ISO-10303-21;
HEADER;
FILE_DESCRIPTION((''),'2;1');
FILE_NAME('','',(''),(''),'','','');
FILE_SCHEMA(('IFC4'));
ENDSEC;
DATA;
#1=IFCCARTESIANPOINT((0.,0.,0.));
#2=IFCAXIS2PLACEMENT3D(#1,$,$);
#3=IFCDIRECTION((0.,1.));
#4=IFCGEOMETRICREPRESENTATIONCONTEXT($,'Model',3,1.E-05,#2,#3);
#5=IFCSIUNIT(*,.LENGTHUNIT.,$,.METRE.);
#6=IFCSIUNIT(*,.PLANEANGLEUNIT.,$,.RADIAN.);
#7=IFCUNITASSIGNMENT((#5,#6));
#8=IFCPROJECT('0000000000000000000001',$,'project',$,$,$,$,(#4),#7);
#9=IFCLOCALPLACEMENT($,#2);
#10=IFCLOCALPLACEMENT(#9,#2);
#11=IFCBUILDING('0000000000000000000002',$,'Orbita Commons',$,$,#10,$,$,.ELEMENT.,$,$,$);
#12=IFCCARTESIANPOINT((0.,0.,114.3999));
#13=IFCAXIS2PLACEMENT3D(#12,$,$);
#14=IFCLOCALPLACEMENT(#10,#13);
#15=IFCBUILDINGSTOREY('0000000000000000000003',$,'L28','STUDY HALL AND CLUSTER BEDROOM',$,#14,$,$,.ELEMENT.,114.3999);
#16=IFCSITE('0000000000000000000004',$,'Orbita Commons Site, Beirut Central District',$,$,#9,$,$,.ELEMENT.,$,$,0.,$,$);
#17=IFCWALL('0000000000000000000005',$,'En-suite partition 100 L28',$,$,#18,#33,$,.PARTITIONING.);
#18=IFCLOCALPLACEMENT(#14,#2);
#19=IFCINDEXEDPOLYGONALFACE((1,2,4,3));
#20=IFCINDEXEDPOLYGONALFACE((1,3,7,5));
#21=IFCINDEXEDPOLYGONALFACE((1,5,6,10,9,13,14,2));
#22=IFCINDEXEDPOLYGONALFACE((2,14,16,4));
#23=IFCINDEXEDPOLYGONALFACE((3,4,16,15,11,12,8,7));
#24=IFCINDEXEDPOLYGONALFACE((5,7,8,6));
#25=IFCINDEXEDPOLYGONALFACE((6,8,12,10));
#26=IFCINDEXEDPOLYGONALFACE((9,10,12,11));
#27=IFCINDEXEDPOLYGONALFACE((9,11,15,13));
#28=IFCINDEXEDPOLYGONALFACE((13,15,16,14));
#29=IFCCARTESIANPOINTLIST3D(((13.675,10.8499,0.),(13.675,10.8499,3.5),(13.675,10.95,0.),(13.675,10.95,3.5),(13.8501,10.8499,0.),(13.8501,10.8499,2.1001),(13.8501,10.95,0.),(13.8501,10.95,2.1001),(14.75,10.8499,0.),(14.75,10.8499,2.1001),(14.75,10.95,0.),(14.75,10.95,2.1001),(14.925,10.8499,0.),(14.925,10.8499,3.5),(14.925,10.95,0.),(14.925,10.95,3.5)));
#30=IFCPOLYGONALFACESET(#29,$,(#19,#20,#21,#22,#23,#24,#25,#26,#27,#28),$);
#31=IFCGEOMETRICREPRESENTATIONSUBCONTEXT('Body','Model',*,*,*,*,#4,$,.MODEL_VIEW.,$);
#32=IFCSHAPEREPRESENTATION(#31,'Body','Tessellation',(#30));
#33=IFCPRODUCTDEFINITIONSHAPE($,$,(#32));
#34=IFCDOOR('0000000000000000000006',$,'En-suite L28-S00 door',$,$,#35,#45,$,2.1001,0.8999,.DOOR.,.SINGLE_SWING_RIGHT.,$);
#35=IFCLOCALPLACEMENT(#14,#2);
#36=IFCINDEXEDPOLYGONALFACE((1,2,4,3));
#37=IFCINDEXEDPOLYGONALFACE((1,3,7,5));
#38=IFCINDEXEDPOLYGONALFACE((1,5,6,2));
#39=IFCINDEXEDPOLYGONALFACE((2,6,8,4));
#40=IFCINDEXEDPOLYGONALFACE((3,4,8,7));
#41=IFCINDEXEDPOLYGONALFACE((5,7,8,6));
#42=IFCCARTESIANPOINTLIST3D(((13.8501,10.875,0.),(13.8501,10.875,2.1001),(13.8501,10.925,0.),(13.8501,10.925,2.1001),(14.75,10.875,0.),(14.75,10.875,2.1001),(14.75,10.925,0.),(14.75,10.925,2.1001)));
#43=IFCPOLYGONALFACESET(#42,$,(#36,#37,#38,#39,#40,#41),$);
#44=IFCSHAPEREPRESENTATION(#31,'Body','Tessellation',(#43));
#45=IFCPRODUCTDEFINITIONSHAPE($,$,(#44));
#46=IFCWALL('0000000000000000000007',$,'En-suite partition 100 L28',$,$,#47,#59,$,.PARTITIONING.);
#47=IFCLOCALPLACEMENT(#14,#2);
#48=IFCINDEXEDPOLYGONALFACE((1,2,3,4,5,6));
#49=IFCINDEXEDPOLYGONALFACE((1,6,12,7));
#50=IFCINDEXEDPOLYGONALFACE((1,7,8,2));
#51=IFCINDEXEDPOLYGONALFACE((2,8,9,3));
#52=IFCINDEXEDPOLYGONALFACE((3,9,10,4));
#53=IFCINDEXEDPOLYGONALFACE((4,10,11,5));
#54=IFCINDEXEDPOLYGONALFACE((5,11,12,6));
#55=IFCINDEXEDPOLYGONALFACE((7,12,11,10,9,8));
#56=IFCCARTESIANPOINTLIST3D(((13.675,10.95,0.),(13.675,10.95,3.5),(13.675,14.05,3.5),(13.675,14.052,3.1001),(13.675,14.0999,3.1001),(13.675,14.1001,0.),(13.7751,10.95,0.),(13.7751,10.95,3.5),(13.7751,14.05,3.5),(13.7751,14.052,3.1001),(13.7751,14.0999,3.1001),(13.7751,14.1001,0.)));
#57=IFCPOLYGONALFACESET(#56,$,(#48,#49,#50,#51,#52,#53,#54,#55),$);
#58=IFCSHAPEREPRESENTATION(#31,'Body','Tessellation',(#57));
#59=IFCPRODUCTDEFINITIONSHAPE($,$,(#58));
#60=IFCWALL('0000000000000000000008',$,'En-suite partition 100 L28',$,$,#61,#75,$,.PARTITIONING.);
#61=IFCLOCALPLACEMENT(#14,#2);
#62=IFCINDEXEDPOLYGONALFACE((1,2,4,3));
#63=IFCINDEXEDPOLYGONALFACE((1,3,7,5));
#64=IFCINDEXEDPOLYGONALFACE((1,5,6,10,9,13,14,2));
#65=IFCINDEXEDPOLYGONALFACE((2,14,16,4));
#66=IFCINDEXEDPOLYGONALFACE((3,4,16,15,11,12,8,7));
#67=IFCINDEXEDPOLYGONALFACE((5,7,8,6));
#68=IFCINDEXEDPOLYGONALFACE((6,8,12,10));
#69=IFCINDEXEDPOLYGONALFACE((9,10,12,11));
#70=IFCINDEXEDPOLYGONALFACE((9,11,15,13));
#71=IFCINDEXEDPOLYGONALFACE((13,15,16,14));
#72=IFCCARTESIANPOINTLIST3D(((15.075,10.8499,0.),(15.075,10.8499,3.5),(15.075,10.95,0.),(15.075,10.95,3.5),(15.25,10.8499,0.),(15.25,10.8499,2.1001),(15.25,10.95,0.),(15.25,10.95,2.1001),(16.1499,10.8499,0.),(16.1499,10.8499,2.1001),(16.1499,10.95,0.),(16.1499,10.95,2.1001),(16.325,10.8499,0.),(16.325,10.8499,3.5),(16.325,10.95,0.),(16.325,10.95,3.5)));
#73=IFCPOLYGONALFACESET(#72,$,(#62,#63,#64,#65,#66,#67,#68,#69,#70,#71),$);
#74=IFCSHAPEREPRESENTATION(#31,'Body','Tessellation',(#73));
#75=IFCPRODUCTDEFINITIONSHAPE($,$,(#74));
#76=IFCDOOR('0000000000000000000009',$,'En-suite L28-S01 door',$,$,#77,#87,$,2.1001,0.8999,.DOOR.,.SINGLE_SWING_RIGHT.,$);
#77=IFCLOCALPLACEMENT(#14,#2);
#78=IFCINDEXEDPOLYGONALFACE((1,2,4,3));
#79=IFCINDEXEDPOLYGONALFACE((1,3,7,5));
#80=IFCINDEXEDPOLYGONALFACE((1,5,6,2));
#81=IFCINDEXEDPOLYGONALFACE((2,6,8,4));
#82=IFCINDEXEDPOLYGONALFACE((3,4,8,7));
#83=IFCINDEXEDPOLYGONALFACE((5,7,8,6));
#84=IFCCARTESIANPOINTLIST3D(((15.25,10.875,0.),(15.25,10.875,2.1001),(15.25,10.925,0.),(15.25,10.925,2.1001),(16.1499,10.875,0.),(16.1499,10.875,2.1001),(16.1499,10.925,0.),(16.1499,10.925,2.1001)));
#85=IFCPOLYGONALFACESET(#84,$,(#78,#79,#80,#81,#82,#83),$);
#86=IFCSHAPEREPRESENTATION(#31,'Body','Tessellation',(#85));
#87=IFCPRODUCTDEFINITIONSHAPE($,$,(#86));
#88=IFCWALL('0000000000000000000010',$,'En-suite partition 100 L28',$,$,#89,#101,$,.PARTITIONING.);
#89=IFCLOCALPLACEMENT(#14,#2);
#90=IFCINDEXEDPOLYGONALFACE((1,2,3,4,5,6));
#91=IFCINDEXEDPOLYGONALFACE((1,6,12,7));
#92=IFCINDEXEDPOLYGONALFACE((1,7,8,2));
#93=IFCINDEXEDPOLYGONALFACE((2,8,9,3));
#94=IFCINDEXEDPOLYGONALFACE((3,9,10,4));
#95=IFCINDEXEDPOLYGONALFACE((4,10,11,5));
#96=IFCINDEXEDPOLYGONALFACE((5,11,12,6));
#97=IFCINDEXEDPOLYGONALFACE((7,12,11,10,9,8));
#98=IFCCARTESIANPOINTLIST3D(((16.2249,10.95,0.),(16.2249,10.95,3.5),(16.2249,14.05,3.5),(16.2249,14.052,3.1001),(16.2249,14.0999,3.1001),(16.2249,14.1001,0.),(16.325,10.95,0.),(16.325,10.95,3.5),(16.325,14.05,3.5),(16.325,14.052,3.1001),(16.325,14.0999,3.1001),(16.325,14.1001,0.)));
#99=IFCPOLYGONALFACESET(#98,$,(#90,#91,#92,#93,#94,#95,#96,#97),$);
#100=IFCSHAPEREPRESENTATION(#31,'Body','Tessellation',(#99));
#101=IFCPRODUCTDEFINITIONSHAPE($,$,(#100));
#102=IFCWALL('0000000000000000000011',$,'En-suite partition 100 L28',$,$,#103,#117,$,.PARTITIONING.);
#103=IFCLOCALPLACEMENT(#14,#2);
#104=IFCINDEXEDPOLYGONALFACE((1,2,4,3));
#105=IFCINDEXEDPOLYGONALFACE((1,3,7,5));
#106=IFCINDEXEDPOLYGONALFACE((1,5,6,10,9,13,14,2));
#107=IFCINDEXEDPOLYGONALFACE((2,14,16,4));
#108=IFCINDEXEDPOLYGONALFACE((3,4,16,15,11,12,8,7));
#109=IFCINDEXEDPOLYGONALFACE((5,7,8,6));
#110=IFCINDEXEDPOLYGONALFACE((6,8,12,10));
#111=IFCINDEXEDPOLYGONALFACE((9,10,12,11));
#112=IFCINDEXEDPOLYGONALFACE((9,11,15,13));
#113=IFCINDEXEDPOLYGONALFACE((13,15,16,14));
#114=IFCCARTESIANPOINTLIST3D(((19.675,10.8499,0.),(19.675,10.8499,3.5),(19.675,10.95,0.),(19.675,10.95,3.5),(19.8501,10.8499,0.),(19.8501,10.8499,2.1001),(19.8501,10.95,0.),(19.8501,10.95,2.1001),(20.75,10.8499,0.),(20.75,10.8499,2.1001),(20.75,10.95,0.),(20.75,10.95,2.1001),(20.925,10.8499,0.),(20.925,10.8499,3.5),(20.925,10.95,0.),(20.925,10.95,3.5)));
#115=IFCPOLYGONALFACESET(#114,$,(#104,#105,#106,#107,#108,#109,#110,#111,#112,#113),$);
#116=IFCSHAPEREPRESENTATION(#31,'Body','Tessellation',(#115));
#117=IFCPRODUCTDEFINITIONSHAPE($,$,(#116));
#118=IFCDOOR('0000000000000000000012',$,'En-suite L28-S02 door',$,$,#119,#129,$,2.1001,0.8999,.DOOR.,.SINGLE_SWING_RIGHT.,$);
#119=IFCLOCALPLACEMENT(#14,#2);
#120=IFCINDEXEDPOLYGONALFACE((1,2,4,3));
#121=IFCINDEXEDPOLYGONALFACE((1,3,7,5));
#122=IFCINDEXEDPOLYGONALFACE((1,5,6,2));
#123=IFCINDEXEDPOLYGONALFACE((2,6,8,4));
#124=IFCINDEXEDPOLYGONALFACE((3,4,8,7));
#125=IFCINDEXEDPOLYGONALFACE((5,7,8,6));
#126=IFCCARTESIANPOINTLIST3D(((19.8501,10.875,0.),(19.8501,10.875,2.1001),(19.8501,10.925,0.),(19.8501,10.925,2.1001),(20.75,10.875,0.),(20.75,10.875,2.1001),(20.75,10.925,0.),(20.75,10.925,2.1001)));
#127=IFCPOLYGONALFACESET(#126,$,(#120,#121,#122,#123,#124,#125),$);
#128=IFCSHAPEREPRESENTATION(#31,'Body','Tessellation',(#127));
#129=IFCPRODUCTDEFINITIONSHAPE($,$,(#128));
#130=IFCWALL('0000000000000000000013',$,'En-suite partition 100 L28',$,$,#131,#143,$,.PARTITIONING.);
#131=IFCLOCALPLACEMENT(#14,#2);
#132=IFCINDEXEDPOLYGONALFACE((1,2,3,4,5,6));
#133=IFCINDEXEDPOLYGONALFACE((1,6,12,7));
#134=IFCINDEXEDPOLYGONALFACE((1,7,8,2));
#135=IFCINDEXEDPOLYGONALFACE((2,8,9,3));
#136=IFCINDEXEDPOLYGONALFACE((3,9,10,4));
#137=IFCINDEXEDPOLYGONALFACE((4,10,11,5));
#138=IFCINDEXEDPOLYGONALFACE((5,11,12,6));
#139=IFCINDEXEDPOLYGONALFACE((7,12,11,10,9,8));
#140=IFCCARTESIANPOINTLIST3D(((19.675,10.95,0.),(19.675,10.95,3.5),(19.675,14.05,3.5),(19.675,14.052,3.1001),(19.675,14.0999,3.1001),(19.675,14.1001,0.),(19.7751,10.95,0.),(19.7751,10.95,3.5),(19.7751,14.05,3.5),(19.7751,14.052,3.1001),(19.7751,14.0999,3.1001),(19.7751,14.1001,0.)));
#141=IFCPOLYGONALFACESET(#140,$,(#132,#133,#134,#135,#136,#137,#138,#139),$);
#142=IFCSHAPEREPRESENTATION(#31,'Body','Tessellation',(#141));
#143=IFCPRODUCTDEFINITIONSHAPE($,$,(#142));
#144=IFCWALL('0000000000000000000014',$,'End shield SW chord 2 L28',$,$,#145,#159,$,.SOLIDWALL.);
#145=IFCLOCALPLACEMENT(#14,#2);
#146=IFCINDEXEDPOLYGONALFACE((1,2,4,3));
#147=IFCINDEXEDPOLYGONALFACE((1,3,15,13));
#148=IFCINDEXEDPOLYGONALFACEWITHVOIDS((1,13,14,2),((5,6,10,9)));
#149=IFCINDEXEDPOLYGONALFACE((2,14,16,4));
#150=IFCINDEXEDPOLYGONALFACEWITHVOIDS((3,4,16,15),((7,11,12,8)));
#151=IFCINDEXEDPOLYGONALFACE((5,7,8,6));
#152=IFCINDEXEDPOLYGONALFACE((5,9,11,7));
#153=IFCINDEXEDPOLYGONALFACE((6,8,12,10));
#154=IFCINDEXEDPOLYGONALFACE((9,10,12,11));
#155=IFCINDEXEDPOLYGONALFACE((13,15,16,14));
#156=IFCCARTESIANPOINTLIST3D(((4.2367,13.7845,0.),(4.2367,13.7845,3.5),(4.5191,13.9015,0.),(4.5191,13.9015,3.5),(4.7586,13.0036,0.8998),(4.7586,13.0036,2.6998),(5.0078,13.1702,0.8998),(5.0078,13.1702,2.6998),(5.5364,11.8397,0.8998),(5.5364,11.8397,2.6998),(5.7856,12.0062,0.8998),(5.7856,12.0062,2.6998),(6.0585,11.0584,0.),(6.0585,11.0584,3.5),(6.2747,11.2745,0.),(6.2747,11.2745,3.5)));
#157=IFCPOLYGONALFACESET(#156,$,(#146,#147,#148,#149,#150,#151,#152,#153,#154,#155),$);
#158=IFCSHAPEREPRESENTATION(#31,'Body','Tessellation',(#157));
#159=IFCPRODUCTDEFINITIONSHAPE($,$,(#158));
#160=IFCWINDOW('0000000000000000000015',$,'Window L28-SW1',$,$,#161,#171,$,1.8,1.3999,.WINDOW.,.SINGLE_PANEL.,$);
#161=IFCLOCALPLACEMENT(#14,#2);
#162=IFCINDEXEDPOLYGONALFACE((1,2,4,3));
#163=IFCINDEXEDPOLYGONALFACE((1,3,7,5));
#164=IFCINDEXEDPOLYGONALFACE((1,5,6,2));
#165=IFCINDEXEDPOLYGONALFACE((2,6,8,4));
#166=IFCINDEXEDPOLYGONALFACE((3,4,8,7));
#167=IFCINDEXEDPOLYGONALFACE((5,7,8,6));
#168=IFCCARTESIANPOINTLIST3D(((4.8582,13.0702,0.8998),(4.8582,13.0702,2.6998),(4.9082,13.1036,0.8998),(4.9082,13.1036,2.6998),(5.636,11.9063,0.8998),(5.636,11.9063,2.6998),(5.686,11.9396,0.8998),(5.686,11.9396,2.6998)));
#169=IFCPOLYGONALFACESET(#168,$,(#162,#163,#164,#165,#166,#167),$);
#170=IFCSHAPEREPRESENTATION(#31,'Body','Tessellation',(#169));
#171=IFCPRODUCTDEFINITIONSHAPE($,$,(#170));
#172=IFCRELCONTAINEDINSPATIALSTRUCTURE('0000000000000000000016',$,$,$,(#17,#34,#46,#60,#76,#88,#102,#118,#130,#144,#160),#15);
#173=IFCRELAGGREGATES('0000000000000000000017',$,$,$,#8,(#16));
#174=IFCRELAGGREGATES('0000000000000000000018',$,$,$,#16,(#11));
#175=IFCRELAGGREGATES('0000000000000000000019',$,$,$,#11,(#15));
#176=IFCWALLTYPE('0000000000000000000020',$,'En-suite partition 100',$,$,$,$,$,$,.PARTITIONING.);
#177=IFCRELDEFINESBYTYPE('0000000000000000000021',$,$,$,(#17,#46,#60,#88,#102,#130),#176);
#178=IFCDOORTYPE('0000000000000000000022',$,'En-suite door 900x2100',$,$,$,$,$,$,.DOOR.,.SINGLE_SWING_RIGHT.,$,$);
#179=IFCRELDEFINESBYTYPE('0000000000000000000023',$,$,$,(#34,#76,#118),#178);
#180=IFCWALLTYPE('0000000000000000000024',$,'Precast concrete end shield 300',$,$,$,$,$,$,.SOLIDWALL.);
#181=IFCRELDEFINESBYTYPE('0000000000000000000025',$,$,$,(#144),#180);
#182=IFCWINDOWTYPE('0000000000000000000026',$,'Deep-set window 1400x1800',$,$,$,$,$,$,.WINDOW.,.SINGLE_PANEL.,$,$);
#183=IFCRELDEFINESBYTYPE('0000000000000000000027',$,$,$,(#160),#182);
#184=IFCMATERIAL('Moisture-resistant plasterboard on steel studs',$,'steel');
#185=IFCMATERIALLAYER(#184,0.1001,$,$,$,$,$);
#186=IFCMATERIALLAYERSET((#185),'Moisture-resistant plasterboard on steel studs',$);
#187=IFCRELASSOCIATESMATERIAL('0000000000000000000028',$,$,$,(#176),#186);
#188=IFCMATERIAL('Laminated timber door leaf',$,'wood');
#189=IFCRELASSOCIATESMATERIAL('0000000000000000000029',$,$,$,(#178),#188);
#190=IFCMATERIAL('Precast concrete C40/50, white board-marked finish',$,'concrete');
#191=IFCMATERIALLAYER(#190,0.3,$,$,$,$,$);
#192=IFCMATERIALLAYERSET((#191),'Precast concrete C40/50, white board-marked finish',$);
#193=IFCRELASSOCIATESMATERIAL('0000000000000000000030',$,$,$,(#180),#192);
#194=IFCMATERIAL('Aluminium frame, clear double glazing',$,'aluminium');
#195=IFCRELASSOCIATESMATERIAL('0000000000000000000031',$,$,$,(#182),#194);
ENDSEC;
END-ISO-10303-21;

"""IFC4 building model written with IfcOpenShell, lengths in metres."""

from ifc_helpers import new_model, si_unit, direction, frame, frame_2d, origin, place, context, subcontext, project, spatial, polyline, rectangle, outline, extrude, material, layer, layer_set, type_object, element, fill, save


model = new_model("IFC4")

# Units and contexts
model_context = context("Model", 3, precision=1e-05, world=origin(), true_north=direction((0.0, 1.0)))
body_context = subcontext(model_context, "Body", "Model", "MODEL_VIEW")
ifc_project = project(units=[si_unit("LENGTHUNIT", "METRE"), si_unit("PLANEANGLEUNIT", "RADIAN")], contexts=[model_context])

# Site, building, storey
site_placement = place(None, origin())
site = spatial("IfcSite", under=ifc_project, at=site_placement, Name="Orbita Commons Site, Beirut Central District", CompositionType="ELEMENT", RefElevation=0.0)
building_placement = place(site_placement, origin())
building = spatial("IfcBuilding", under=site, at=building_placement, Name="Orbita Commons", CompositionType="ELEMENT")
storey_placement = place(building_placement, frame((0.0, 0.0, 114.3999)))
storey = spatial("IfcBuildingStorey", under=building, at=storey_placement, Name="L28", Description="STUDY HALL AND CLUSTER BEDROOM", CompositionType="ELEMENT", Elevation=114.3999)

# Wall, opening, door
ifc_material_1 = material(Name="Moisture-resistant plasterboard on steel studs", Category="steel")
ifc_layer_1 = layer(ifc_material_1, 0.1001)
ifc_layer_set_1 = layer_set([ifc_layer_1], Name="Moisture-resistant plasterboard on steel studs")
wall_type_1 = type_object("IfcWallType", Name="En-suite partition 100", PredefinedType="PARTITIONING", material=ifc_layer_set_1)
wall_1_placement = place(storey_placement, frame((14.925, 10.8999, 0.0), z_axis=(0.0, 0.0, 1.0), x_axis=(-1.0, 0.0, 0.0)))
wall_1 = element("IfcWall", 1, at=wall_1_placement, inside=storey, type_object=wall_type_1, Name="En-suite partition 100 L28", PredefinedType="PARTITIONING", context=body_context, shape_type="SweptSolid", body=[
    extrude(rectangle(XDim=1.25, YDim=0.1001, at=frame_2d((0.625, 0.0))), origin(), (0.0, 0.0, 1.0), 3.5),
])
opening_1_placement = place(wall_1_placement, frame((0.175, 0.0, 0.0)))
opening_1 = element("IfcOpeningElement", 2, at=opening_1_placement, cuts=wall_1, PredefinedType="OPENING", context=body_context, shape_type="SweptSolid", body=[
    extrude(rectangle(XDim=0.8999, YDim=2.1001, at=frame_2d((0.45, 1.05))), frame((0.0, 0.0601, 0.0), z_axis=(0.0, -1.0, 0.0), x_axis=(1.0, 0.0, 0.0)), (0.0, 0.0, 1.0), 0.1201),
])
ifc_material_2 = material(Name="Laminated timber door leaf", Category="wood")
door_type_1 = type_object("IfcDoorType", Name="En-suite door 900x2100", OperationType="SINGLE_SWING_RIGHT", PredefinedType="DOOR", material=ifc_material_2)
door_1_placement = place(opening_1_placement, origin())
door_1 = element("IfcDoor", 3, at=door_1_placement, inside=storey, type_object=door_type_1, Name="En-suite L28-S00 door", OperationType="SINGLE_SWING_RIGHT", OverallHeight=2.1001, OverallWidth=0.8999, PredefinedType="DOOR", context=body_context, shape_type="SweptSolid", body=[
    extrude(rectangle(XDim=0.8999, YDim=2.1001, at=frame_2d((0.45, 1.05))), frame((0.0, 0.0249, 0.0), z_axis=(0.0, -1.0, 0.0), x_axis=(1.0, 0.0, 0.0)), (0.0, 0.0, 1.0), 0.05),
])
fill(opening_1, door_1)

# Wall
wall_2_placement = place(storey_placement, frame((13.7251, 10.95, 0.0), z_axis=(0.0, 0.0, 1.0), x_axis=(0.0, 1.0, 0.0)))
element("IfcWall", 4, at=wall_2_placement, inside=storey, type_object=wall_type_1, Name="En-suite partition 100 L28", PredefinedType="PARTITIONING", context=body_context, shape_type="SweptSolid", body=[
    extrude(outline(polyline([(0.0, 0.0), (3.1501, 0.0), (3.1499, 3.1001), (3.1021, 3.1001), (3.1001, 3.5), (0.0, 3.5), (0.0, 0.0)])), frame((0.0, 0.05, 0.0), z_axis=(0.0, -1.0, 0.0), x_axis=(1.0, 0.0, 0.0)), (0.0, 0.0, 1.0), 0.1001),
])

# Wall, opening, door
wall_3_placement = place(storey_placement, frame((16.325, 10.8999, 0.0), z_axis=(0.0, 0.0, 1.0), x_axis=(-1.0, 0.0, 0.0)))
wall_3 = element("IfcWall", 5, at=wall_3_placement, inside=storey, type_object=wall_type_1, Name="En-suite partition 100 L28", PredefinedType="PARTITIONING", context=body_context, shape_type="SweptSolid", body=[
    extrude(rectangle(XDim=1.25, YDim=0.1001, at=frame_2d((0.625, 0.0))), origin(), (0.0, 0.0, 1.0), 3.5),
])
opening_2_placement = place(wall_3_placement, frame((0.175, 0.0, 0.0)))
opening_2 = element("IfcOpeningElement", 6, at=opening_2_placement, cuts=wall_3, PredefinedType="OPENING", context=body_context, shape_type="SweptSolid", body=[
    extrude(rectangle(XDim=0.8999, YDim=2.1001, at=frame_2d((0.45, 1.05))), frame((0.0, 0.0601, 0.0), z_axis=(0.0, -1.0, 0.0), x_axis=(1.0, 0.0, 0.0)), (0.0, 0.0, 1.0), 0.1201),
])
door_2_placement = place(opening_2_placement, origin())
door_2 = element("IfcDoor", 7, at=door_2_placement, inside=storey, type_object=door_type_1, Name="En-suite L28-S01 door", OperationType="SINGLE_SWING_RIGHT", OverallHeight=2.1001, OverallWidth=0.8999, PredefinedType="DOOR", context=body_context, shape_type="SweptSolid", body=[
    extrude(rectangle(XDim=0.8999, YDim=2.1001, at=frame_2d((0.45, 1.05))), frame((0.0, 0.0249, 0.0), z_axis=(0.0, -1.0, 0.0), x_axis=(1.0, 0.0, 0.0)), (0.0, 0.0, 1.0), 0.05),
])
fill(opening_2, door_2)

# Wall
wall_4_placement = place(storey_placement, frame((16.2749, 10.95, 0.0), z_axis=(0.0, 0.0, 1.0), x_axis=(0.0, 1.0, 0.0)))
element("IfcWall", 8, at=wall_4_placement, inside=storey, type_object=wall_type_1, Name="En-suite partition 100 L28", PredefinedType="PARTITIONING", context=body_context, shape_type="SweptSolid", body=[
    extrude(outline(polyline([(0.0, 0.0), (3.1501, 0.0), (3.1499, 3.1001), (3.1021, 3.1001), (3.1001, 3.5), (0.0, 3.5), (0.0, 0.0)])), frame((0.0, 0.05, 0.0), z_axis=(0.0, -1.0, 0.0), x_axis=(1.0, 0.0, 0.0)), (0.0, 0.0, 1.0), 0.1001),
])

# Wall, opening, door
wall_5_placement = place(storey_placement, frame((20.925, 10.8999, 0.0), z_axis=(0.0, 0.0, 1.0), x_axis=(-1.0, 0.0, 0.0)))
wall_5 = element("IfcWall", 9, at=wall_5_placement, inside=storey, type_object=wall_type_1, Name="En-suite partition 100 L28", PredefinedType="PARTITIONING", context=body_context, shape_type="SweptSolid", body=[
    extrude(rectangle(XDim=1.25, YDim=0.1001, at=frame_2d((0.625, 0.0))), origin(), (0.0, 0.0, 1.0), 3.5),
])
opening_3_placement = place(wall_5_placement, frame((0.175, 0.0, 0.0)))
opening_3 = element("IfcOpeningElement", 10, at=opening_3_placement, cuts=wall_5, PredefinedType="OPENING", context=body_context, shape_type="SweptSolid", body=[
    extrude(rectangle(XDim=0.8999, YDim=2.1001, at=frame_2d((0.45, 1.05))), frame((0.0, 0.0601, 0.0), z_axis=(0.0, -1.0, 0.0), x_axis=(1.0, 0.0, 0.0)), (0.0, 0.0, 1.0), 0.1201),
])
door_3_placement = place(opening_3_placement, origin())
door_3 = element("IfcDoor", 11, at=door_3_placement, inside=storey, type_object=door_type_1, Name="En-suite L28-S02 door", OperationType="SINGLE_SWING_RIGHT", OverallHeight=2.1001, OverallWidth=0.8999, PredefinedType="DOOR", context=body_context, shape_type="SweptSolid", body=[
    extrude(rectangle(XDim=0.8999, YDim=2.1001, at=frame_2d((0.45, 1.05))), frame((0.0, 0.0249, 0.0), z_axis=(0.0, -1.0, 0.0), x_axis=(1.0, 0.0, 0.0)), (0.0, 0.0, 1.0), 0.05),
])
fill(opening_3, door_3)

# Wall
wall_6_placement = place(storey_placement, frame((19.7251, 10.95, 0.0), z_axis=(0.0, 0.0, 1.0), x_axis=(0.0, 1.0, 0.0)))
element("IfcWall", 12, at=wall_6_placement, inside=storey, type_object=wall_type_1, Name="En-suite partition 100 L28", PredefinedType="PARTITIONING", context=body_context, shape_type="SweptSolid", body=[
    extrude(outline(polyline([(0.0, 0.0), (3.1501, 0.0), (3.1499, 3.1001), (3.1021, 3.1001), (3.1001, 3.5), (0.0, 3.5), (0.0, 0.0)])), frame((0.0, 0.05, 0.0), z_axis=(0.0, -1.0, 0.0), x_axis=(1.0, 0.0, 0.0)), (0.0, 0.0, 1.0), 0.1001),
])

# Wall, opening, window
ifc_material_3 = material(Name="Precast concrete C40/50, white board-marked finish", Category="concrete")
ifc_layer_2 = layer(ifc_material_3, 0.3)
ifc_layer_set_2 = layer_set([ifc_layer_2], Name="Precast concrete C40/50, white board-marked finish")
wall_type_2 = type_object("IfcWallType", Name="Precast concrete end shield 300", PredefinedType="SOLIDWALL", material=ifc_layer_set_2)
wall_7_placement = place(storey_placement, frame((4.3779, 13.843, 0.0), z_axis=(0.0, 0.0, 1.0), x_axis=(0.55561, -0.831443, 0.0)))
wall_7 = element("IfcWall", 13, at=wall_7_placement, inside=storey, type_object=wall_type_2, Name="End shield SW chord 2 L28", PredefinedType="SOLIDWALL", context=body_context, shape_type="SweptSolid", body=[
    extrude(outline(polyline([(-0.0298, -0.1499), (3.249, -0.1499), (3.1895, 0.1499), (0.0298, 0.1499), (-0.0298, -0.1499)])), origin(), (0.0, 0.0, 1.0), 3.5),
])
opening_4_placement = place(wall_7_placement, frame((0.9094, 0.0, 0.8999)))
opening_4 = element("IfcOpeningElement", 14, at=opening_4_placement, cuts=wall_7, PredefinedType="OPENING", context=body_context, shape_type="SweptSolid", body=[
    extrude(rectangle(XDim=1.3999, YDim=1.8, at=frame_2d((0.7, 0.8999))), frame((0.0, 0.1599, 0.0), z_axis=(0.0, -1.0, 0.0), x_axis=(1.0, 0.0, 0.0)), (0.0, 0.0, 1.0), 0.3201),
])
ifc_material_4 = material(Name="Aluminium frame, clear double glazing", Category="aluminium")
window_type = type_object("IfcWindowType", Name="Deep-set window 1400x1800", PartitioningType="SINGLE_PANEL", PredefinedType="WINDOW", material=ifc_material_4)
window_1_placement = place(opening_4_placement, origin())
window_1 = element("IfcWindow", 15, at=window_1_placement, inside=storey, type_object=window_type, Name="Window L28-SW1", OverallHeight=1.8, OverallWidth=1.3999, PartitioningType="SINGLE_PANEL", PredefinedType="WINDOW", context=body_context, shape_type="SweptSolid", body=[
    extrude(rectangle(XDim=1.3999, YDim=1.8, at=frame_2d((0.7, 0.8999))), frame((0.0, 0.03, 0.0), z_axis=(0.0, -1.0, 0.0), x_axis=(1.0, 0.0, 0.0)), (0.0, 0.0, 1.0), 0.0601),
])
fill(opening_4, window_1)

save(model, "model.ifc")
